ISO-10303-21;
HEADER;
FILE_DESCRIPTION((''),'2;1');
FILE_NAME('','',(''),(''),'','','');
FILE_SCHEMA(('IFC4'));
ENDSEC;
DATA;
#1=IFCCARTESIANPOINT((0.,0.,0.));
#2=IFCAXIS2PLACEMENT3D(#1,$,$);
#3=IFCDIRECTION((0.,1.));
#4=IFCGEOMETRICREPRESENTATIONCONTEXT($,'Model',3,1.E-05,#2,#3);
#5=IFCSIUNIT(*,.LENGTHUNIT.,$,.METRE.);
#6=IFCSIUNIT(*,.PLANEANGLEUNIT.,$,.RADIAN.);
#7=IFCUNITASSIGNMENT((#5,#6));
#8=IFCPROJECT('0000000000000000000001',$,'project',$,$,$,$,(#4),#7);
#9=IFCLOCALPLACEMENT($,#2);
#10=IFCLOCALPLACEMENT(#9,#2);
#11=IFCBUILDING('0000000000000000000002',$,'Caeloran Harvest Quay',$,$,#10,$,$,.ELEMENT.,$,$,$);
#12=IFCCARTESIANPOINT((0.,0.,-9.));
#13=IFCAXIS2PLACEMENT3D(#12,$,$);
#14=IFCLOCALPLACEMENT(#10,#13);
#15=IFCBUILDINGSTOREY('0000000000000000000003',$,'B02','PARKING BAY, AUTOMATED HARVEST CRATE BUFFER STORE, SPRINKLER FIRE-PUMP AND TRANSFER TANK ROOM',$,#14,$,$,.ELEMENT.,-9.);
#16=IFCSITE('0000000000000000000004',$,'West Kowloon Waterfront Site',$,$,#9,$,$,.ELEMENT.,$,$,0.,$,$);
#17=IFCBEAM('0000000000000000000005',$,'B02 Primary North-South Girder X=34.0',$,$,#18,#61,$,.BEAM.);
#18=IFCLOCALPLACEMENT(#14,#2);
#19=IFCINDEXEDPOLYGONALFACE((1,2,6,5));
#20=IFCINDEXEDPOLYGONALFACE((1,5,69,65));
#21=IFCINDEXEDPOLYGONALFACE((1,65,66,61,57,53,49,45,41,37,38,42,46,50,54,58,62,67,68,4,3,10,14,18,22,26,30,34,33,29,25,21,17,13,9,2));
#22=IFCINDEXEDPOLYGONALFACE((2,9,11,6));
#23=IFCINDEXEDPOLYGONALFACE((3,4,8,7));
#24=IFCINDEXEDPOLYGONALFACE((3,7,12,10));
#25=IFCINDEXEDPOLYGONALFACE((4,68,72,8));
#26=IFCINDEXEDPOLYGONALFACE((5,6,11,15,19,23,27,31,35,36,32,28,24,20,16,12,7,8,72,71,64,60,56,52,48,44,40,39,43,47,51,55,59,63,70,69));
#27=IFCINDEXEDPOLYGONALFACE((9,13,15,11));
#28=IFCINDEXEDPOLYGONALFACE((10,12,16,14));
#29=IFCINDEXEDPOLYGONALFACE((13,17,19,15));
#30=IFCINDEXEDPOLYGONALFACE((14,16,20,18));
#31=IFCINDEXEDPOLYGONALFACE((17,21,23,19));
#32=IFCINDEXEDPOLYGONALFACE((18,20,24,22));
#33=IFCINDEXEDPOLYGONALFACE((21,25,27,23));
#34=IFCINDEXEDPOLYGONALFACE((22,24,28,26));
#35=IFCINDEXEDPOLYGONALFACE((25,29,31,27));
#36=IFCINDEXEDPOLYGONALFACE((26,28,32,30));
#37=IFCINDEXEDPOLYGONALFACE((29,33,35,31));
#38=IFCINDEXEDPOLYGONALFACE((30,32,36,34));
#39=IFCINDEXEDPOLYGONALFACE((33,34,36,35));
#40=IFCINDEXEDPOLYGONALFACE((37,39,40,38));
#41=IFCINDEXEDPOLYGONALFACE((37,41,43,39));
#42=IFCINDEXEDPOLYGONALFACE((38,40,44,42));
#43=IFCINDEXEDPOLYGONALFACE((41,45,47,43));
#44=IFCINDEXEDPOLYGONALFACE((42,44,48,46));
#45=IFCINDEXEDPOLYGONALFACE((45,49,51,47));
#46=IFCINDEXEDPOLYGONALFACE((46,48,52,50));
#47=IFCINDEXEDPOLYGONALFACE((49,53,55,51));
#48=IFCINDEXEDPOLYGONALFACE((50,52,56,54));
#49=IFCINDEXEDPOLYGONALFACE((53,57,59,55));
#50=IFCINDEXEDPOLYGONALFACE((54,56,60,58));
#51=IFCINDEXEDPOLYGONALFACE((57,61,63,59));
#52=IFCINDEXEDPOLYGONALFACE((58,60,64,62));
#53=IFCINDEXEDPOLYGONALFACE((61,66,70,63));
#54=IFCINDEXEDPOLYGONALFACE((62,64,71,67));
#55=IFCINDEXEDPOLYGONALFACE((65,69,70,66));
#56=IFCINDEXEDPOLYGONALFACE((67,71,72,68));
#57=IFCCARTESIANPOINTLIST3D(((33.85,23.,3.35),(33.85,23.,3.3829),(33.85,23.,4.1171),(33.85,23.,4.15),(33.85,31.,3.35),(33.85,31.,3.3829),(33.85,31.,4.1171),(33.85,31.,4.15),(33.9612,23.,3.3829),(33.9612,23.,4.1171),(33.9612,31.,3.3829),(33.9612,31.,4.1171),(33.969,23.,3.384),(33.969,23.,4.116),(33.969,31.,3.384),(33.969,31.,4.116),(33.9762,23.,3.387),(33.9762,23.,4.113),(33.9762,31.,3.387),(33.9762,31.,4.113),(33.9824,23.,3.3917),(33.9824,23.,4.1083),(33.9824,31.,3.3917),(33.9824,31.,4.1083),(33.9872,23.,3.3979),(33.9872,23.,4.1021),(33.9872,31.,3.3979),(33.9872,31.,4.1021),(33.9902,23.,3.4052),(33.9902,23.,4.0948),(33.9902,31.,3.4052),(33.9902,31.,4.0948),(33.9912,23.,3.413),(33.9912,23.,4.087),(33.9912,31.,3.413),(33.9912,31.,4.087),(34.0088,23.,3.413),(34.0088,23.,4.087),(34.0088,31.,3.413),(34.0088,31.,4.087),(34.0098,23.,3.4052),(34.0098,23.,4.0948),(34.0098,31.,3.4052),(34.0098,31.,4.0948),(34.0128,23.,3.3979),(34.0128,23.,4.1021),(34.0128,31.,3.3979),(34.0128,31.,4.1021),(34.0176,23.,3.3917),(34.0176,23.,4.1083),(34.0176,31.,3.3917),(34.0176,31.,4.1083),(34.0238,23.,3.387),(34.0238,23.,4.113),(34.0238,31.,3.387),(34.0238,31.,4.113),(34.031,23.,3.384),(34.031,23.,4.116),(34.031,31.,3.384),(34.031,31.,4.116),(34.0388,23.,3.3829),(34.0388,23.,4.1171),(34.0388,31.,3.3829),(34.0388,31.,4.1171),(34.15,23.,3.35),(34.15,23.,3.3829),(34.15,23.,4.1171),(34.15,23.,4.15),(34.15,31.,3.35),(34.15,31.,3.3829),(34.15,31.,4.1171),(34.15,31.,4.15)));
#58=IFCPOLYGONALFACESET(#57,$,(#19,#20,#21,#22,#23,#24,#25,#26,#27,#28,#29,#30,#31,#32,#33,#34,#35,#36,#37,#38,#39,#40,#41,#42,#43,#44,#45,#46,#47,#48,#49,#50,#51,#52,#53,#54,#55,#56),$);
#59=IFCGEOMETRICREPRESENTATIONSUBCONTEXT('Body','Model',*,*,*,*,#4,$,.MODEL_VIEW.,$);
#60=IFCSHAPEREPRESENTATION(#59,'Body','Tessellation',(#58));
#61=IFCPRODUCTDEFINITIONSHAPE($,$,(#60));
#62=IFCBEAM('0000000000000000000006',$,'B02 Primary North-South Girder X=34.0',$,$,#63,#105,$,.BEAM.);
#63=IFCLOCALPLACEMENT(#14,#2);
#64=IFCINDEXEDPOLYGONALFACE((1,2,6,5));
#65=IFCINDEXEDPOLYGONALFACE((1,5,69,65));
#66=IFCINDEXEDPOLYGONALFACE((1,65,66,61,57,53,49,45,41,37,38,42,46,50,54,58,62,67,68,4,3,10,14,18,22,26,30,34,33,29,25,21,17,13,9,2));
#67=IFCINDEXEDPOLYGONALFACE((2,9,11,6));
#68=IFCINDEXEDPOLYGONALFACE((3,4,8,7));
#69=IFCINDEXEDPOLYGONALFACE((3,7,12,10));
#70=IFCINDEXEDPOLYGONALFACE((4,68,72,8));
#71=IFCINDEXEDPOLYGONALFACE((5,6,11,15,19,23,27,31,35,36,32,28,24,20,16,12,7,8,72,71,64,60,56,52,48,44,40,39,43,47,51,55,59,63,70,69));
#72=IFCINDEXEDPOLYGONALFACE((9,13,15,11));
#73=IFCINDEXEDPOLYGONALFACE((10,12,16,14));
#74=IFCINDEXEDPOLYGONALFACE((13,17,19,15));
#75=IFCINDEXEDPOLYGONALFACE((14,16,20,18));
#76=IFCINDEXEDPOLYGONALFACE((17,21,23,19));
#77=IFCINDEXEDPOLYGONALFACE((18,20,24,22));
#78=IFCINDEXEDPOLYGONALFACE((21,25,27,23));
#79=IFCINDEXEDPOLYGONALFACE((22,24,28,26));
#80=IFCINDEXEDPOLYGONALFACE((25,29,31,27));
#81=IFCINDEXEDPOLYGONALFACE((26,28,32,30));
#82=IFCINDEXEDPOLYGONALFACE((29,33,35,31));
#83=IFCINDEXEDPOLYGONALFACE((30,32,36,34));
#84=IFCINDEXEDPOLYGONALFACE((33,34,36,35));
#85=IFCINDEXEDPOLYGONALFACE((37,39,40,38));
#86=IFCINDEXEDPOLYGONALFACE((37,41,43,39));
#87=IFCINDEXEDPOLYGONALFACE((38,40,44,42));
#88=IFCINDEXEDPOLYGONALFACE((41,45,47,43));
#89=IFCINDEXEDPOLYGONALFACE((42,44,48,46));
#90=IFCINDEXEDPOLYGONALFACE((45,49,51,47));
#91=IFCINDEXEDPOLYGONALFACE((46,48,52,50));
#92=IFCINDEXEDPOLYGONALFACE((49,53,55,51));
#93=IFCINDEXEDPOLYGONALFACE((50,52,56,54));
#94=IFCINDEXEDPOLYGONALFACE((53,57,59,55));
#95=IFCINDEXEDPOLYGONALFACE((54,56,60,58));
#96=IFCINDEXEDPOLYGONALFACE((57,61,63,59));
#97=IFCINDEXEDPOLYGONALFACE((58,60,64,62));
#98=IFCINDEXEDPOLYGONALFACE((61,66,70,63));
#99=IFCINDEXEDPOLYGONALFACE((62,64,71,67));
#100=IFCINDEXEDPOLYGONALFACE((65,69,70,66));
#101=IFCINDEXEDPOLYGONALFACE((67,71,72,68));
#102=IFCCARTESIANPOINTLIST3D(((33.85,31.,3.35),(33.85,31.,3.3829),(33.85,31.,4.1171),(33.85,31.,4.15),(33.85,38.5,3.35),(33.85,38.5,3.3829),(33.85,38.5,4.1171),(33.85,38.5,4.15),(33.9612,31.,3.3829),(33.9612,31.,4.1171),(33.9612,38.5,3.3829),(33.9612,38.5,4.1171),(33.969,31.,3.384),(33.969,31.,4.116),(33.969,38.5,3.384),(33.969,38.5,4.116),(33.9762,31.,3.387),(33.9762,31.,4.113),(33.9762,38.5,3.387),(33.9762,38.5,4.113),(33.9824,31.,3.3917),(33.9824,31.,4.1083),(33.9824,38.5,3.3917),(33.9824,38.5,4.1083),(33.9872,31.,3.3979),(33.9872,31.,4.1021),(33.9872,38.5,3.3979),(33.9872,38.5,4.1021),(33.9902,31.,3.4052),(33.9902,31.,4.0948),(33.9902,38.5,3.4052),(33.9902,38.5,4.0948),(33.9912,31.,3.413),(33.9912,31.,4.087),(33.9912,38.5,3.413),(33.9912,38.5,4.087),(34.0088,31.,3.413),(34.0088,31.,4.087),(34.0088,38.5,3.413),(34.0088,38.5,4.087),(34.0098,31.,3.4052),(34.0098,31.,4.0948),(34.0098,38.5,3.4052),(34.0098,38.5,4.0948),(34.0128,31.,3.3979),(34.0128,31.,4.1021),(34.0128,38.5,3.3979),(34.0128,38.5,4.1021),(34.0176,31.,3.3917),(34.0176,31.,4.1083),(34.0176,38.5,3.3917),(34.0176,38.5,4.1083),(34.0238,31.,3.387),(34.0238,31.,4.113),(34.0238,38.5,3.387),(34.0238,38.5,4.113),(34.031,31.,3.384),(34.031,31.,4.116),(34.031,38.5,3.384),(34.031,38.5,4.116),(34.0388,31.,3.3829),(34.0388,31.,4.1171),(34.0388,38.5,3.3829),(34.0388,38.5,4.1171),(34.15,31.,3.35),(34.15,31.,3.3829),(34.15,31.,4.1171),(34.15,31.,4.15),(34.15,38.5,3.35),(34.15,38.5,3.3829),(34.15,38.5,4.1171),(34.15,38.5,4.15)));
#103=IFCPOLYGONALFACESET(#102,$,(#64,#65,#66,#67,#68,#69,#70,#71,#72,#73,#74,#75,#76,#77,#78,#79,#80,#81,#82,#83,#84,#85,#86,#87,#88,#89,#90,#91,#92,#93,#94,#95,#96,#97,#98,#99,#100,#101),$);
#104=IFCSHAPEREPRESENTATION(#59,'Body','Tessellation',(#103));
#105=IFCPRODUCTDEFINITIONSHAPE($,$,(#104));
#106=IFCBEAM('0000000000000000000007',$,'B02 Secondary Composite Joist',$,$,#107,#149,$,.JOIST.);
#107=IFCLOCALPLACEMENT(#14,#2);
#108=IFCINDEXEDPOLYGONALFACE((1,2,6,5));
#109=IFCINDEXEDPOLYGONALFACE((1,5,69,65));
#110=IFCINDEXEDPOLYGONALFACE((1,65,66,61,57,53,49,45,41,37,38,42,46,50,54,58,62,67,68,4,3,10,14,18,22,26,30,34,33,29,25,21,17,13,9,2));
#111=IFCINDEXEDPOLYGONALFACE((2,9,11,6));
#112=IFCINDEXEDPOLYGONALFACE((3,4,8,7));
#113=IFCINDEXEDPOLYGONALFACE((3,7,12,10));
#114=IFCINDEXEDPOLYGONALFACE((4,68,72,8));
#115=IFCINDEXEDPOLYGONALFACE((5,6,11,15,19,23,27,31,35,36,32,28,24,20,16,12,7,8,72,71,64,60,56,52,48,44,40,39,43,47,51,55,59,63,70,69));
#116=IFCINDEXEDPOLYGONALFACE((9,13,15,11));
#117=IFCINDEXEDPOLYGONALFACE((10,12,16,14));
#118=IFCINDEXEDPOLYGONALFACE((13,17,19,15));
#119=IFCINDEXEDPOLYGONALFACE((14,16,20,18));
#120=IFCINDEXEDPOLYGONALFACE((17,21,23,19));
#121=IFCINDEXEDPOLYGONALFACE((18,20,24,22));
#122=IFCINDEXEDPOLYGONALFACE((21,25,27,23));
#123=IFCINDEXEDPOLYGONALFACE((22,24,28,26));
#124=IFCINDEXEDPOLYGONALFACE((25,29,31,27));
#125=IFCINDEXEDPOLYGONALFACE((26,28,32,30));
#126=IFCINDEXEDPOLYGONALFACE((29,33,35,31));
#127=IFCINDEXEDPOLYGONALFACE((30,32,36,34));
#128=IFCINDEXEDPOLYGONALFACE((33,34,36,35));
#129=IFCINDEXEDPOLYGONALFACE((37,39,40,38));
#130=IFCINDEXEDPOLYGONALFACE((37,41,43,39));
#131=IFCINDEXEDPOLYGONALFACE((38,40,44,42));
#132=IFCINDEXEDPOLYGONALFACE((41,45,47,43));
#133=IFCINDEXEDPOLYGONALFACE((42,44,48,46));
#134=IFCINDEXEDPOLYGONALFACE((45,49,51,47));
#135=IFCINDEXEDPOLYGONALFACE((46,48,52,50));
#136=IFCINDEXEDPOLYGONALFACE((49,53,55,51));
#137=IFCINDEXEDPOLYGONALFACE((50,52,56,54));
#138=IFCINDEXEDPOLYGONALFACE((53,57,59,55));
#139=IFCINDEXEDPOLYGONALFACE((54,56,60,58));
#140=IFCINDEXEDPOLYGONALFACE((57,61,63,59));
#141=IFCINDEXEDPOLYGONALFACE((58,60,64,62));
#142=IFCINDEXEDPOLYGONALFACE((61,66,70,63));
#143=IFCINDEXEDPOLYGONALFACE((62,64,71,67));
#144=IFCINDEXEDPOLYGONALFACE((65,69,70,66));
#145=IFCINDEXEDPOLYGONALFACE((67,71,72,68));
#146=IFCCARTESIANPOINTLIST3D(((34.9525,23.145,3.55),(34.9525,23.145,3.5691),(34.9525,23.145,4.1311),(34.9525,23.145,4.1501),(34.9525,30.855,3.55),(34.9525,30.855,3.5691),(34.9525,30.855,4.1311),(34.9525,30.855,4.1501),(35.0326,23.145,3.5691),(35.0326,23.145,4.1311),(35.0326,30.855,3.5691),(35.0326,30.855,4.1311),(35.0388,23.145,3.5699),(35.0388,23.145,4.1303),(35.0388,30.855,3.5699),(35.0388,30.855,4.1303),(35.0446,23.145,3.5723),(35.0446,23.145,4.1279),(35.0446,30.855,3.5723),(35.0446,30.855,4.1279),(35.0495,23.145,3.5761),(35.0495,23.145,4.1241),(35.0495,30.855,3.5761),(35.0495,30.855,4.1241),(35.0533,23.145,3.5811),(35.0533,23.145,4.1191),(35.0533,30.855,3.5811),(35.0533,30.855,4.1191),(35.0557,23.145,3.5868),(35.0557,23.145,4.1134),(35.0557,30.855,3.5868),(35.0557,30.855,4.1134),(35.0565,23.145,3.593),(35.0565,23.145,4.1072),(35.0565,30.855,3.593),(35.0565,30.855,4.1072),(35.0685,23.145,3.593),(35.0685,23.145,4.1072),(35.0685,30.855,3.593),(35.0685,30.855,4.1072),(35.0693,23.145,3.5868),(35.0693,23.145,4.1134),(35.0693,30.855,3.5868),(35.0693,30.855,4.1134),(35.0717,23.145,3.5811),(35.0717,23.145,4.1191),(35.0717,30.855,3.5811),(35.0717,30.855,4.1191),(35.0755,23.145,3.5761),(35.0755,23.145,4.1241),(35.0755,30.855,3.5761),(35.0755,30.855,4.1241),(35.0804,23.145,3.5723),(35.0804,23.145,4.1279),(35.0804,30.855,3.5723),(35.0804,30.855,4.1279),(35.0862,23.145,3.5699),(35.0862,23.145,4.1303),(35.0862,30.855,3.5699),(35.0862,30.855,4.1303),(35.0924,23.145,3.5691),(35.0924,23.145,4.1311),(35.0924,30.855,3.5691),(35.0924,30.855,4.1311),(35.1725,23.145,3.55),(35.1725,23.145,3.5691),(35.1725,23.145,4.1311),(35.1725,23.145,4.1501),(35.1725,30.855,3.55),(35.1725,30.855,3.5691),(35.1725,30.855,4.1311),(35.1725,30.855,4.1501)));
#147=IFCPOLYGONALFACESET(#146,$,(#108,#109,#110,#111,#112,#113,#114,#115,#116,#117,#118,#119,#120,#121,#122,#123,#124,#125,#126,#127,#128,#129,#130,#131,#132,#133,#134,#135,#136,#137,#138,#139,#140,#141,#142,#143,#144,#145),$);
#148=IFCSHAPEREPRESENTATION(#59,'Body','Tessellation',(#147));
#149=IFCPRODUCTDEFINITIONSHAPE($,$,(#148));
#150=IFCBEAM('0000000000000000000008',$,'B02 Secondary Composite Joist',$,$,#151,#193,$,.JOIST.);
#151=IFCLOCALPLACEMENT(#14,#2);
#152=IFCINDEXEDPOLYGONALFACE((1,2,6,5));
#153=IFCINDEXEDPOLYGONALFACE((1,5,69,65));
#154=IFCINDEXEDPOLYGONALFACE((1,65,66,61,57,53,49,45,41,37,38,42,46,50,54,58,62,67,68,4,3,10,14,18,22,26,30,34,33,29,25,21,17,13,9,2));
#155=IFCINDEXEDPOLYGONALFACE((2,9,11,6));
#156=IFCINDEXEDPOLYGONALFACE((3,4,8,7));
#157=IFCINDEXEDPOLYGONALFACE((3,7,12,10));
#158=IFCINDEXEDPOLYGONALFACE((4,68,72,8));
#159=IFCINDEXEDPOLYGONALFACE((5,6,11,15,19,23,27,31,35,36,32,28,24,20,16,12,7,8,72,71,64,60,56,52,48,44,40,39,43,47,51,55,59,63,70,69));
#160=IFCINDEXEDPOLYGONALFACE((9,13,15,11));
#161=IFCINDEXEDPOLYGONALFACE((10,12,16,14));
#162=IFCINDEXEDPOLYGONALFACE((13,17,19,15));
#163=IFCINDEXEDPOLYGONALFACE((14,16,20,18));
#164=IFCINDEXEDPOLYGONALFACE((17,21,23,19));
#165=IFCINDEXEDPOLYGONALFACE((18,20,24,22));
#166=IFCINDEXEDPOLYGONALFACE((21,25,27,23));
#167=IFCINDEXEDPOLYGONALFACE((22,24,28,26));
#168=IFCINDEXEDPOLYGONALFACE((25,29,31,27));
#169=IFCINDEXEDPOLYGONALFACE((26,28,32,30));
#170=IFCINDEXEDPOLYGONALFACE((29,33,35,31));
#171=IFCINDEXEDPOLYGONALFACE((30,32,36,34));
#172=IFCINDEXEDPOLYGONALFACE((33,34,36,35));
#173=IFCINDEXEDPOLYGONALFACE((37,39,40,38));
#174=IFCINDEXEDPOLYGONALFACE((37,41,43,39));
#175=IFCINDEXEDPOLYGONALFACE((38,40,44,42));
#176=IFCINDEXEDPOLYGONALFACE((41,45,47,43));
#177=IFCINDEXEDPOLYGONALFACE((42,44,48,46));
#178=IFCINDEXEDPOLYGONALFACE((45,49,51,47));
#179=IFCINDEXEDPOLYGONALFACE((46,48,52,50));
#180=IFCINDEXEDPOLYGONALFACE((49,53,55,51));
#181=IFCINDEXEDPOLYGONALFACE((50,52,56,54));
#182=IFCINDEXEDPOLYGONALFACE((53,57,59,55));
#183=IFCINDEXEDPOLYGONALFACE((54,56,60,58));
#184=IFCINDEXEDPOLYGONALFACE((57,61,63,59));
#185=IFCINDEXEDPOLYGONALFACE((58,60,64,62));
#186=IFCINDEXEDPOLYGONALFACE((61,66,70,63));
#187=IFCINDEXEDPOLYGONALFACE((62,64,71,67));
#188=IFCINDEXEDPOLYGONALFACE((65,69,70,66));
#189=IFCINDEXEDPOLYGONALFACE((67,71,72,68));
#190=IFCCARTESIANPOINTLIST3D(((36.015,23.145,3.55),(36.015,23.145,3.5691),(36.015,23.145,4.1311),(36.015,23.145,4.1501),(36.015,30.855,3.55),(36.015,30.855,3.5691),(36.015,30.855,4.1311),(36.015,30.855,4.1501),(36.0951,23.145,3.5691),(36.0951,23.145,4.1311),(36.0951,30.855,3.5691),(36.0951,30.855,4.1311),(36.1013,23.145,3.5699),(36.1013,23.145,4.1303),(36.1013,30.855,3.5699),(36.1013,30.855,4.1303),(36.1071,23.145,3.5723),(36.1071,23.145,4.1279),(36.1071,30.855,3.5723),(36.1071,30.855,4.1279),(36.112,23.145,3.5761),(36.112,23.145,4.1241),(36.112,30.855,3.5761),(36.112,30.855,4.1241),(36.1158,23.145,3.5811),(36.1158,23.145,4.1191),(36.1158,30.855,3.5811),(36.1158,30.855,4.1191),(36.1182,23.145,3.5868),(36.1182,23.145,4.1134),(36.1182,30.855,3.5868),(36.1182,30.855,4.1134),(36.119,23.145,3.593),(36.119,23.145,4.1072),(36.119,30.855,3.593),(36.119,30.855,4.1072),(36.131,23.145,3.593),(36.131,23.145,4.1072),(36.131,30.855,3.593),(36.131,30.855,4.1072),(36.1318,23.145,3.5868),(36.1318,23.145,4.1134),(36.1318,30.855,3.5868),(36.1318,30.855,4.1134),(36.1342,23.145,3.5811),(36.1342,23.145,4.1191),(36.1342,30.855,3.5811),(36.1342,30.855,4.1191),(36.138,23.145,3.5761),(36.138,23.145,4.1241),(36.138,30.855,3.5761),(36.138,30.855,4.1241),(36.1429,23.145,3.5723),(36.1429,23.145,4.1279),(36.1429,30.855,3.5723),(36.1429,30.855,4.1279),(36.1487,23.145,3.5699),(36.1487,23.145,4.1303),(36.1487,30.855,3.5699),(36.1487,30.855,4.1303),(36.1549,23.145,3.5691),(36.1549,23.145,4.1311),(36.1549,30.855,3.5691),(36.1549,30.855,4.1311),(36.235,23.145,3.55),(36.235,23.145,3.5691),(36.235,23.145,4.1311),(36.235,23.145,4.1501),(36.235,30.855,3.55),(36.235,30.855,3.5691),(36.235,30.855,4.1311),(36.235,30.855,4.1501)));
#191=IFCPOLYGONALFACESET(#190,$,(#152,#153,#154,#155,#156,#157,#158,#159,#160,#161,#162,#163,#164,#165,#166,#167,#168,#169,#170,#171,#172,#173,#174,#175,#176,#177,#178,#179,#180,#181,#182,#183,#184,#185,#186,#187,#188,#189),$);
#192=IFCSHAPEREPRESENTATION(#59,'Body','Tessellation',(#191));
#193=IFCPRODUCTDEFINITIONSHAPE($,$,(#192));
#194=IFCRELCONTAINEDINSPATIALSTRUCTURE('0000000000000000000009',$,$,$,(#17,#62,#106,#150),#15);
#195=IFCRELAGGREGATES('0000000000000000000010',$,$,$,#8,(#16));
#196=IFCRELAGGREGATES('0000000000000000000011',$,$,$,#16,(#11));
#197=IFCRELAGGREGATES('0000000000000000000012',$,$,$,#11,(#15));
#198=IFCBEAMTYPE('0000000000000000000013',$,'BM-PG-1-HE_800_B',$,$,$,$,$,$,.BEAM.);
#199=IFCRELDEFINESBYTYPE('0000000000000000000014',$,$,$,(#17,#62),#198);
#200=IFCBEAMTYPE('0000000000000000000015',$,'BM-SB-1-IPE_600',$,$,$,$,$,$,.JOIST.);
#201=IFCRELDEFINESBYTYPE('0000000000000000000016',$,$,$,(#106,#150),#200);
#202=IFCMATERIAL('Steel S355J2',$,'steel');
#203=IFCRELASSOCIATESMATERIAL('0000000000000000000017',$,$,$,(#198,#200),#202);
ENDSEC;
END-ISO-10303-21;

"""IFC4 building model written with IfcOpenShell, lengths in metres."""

from ifc_helpers import new_model, si_unit, direction, frame, origin, origin_2d, place, context, subcontext, project, spatial, i_section, extrude, material, material_profile, profile_set, type_object, element, save


model = new_model("IFC4")

# Units and contexts
model_context = context("Model", 3, precision=1e-05, world=origin(), true_north=direction((0.0, 1.0)))
body_context = subcontext(model_context, "Body", "Model", "MODEL_VIEW")
ifc_project = project(units=[si_unit("LENGTHUNIT", "METRE"), si_unit("PLANEANGLEUNIT", "RADIAN")], contexts=[model_context])

# Site, building, storey
site_placement = place(None, origin())
site = spatial("IfcSite", under=ifc_project, at=site_placement, Name="West Kowloon Waterfront Site", CompositionType="ELEMENT", RefElevation=0.0)
building_placement = place(site_placement, origin())
building = spatial("IfcBuilding", under=site, at=building_placement, Name="Caeloran Harvest Quay", CompositionType="ELEMENT")
storey_placement = place(building_placement, frame((0.0, 0.0, -9.0)))
storey = spatial("IfcBuildingStorey", under=building, at=storey_placement, Name="B02", Description="PARKING BAY, AUTOMATED HARVEST CRATE BUFFER STORE, SPRINKLER FIRE-PUMP AND TRANSFER TANK ROOM", CompositionType="ELEMENT", Elevation=-9.0)

# Beams
ifc_material_1 = material(Name="Steel S355J2", Category="steel")
ifc_material_profile_1 = material_profile(ifc_material_1, i_section(OverallWidth=0.3, OverallDepth=0.8, WebThickness=0.0176, FlangeThickness=0.033, FilletRadius=0.03, at=origin_2d()), Name="HE 800 B")
ifc_profile_set_1 = profile_set([ifc_material_profile_1], Name="Steel S355J2")
beam_type_1 = type_object("IfcBeamType", Name="BM-PG-1-HE_800_B", PredefinedType="BEAM", material=ifc_profile_set_1)
beam_1_placement = place(storey_placement, frame((34.0, 23.0, 3.75), z_axis=(0.0, 1.0, 0.0), x_axis=(-1.0, 0.0, 0.0)))
element("IfcBeam", 1, at=beam_1_placement, inside=storey, type_object=beam_type_1, Name="B02 Primary North-South Girder X=34.0", PredefinedType="BEAM", context=body_context, shape_type="SweptSolid", body=[
    extrude(i_section(OverallWidth=0.3, OverallDepth=0.8, WebThickness=0.0176, FlangeThickness=0.033, FilletRadius=0.03, at=origin_2d()), origin(), (0.0, 0.0, 1.0), 8.0),
])
beam_2_placement = place(storey_placement, frame((34.0, 31.0, 3.75), z_axis=(0.0, 1.0, 0.0), x_axis=(-1.0, 0.0, 0.0)))
element("IfcBeam", 2, at=beam_2_placement, inside=storey, type_object=beam_type_1, Name="B02 Primary North-South Girder X=34.0", PredefinedType="BEAM", context=body_context, shape_type="SweptSolid", body=[
    extrude(i_section(OverallWidth=0.3, OverallDepth=0.8, WebThickness=0.0176, FlangeThickness=0.033, FilletRadius=0.03, at=origin_2d()), origin(), (0.0, 0.0, 1.0), 7.5),
])
ifc_material_profile_2 = material_profile(ifc_material_1, i_section(OverallWidth=0.22, OverallDepth=0.6001, WebThickness=0.012, FlangeThickness=0.019, FilletRadius=0.0239, at=origin_2d()), Name="IPE 600")
ifc_profile_set_2 = profile_set([ifc_material_profile_2], Name="Steel S355J2")
beam_type_2 = type_object("IfcBeamType", Name="BM-SB-1-IPE_600", PredefinedType="JOIST", material=ifc_profile_set_2)
for number, where, z_axis, x_axis, name in (
    (3, (35.0625, 23.145, 3.8501), (0.0, 1.0, 0.0), (-1.0, 0.0, 0.0), "B02 Secondary Composite Joist"),
    (4, (36.125, 23.145, 3.8501), (0.0, 1.0, 0.0), (-1.0, 0.0, 0.0), "B02 Secondary Composite Joist"),
):
    element("IfcBeam", number, at=place(storey_placement, frame(where, z_axis=z_axis, x_axis=x_axis)), inside=storey, type_object=beam_type_2, Name=name, PredefinedType="JOIST", context=body_context, shape_type="SweptSolid", body=[
        extrude(i_section(OverallWidth=0.22, OverallDepth=0.6001, WebThickness=0.012, FlangeThickness=0.019, FilletRadius=0.0239, at=origin_2d()), origin(), (0.0, 0.0, 1.0), 7.71),
    ])

save(model, "model.ifc")
